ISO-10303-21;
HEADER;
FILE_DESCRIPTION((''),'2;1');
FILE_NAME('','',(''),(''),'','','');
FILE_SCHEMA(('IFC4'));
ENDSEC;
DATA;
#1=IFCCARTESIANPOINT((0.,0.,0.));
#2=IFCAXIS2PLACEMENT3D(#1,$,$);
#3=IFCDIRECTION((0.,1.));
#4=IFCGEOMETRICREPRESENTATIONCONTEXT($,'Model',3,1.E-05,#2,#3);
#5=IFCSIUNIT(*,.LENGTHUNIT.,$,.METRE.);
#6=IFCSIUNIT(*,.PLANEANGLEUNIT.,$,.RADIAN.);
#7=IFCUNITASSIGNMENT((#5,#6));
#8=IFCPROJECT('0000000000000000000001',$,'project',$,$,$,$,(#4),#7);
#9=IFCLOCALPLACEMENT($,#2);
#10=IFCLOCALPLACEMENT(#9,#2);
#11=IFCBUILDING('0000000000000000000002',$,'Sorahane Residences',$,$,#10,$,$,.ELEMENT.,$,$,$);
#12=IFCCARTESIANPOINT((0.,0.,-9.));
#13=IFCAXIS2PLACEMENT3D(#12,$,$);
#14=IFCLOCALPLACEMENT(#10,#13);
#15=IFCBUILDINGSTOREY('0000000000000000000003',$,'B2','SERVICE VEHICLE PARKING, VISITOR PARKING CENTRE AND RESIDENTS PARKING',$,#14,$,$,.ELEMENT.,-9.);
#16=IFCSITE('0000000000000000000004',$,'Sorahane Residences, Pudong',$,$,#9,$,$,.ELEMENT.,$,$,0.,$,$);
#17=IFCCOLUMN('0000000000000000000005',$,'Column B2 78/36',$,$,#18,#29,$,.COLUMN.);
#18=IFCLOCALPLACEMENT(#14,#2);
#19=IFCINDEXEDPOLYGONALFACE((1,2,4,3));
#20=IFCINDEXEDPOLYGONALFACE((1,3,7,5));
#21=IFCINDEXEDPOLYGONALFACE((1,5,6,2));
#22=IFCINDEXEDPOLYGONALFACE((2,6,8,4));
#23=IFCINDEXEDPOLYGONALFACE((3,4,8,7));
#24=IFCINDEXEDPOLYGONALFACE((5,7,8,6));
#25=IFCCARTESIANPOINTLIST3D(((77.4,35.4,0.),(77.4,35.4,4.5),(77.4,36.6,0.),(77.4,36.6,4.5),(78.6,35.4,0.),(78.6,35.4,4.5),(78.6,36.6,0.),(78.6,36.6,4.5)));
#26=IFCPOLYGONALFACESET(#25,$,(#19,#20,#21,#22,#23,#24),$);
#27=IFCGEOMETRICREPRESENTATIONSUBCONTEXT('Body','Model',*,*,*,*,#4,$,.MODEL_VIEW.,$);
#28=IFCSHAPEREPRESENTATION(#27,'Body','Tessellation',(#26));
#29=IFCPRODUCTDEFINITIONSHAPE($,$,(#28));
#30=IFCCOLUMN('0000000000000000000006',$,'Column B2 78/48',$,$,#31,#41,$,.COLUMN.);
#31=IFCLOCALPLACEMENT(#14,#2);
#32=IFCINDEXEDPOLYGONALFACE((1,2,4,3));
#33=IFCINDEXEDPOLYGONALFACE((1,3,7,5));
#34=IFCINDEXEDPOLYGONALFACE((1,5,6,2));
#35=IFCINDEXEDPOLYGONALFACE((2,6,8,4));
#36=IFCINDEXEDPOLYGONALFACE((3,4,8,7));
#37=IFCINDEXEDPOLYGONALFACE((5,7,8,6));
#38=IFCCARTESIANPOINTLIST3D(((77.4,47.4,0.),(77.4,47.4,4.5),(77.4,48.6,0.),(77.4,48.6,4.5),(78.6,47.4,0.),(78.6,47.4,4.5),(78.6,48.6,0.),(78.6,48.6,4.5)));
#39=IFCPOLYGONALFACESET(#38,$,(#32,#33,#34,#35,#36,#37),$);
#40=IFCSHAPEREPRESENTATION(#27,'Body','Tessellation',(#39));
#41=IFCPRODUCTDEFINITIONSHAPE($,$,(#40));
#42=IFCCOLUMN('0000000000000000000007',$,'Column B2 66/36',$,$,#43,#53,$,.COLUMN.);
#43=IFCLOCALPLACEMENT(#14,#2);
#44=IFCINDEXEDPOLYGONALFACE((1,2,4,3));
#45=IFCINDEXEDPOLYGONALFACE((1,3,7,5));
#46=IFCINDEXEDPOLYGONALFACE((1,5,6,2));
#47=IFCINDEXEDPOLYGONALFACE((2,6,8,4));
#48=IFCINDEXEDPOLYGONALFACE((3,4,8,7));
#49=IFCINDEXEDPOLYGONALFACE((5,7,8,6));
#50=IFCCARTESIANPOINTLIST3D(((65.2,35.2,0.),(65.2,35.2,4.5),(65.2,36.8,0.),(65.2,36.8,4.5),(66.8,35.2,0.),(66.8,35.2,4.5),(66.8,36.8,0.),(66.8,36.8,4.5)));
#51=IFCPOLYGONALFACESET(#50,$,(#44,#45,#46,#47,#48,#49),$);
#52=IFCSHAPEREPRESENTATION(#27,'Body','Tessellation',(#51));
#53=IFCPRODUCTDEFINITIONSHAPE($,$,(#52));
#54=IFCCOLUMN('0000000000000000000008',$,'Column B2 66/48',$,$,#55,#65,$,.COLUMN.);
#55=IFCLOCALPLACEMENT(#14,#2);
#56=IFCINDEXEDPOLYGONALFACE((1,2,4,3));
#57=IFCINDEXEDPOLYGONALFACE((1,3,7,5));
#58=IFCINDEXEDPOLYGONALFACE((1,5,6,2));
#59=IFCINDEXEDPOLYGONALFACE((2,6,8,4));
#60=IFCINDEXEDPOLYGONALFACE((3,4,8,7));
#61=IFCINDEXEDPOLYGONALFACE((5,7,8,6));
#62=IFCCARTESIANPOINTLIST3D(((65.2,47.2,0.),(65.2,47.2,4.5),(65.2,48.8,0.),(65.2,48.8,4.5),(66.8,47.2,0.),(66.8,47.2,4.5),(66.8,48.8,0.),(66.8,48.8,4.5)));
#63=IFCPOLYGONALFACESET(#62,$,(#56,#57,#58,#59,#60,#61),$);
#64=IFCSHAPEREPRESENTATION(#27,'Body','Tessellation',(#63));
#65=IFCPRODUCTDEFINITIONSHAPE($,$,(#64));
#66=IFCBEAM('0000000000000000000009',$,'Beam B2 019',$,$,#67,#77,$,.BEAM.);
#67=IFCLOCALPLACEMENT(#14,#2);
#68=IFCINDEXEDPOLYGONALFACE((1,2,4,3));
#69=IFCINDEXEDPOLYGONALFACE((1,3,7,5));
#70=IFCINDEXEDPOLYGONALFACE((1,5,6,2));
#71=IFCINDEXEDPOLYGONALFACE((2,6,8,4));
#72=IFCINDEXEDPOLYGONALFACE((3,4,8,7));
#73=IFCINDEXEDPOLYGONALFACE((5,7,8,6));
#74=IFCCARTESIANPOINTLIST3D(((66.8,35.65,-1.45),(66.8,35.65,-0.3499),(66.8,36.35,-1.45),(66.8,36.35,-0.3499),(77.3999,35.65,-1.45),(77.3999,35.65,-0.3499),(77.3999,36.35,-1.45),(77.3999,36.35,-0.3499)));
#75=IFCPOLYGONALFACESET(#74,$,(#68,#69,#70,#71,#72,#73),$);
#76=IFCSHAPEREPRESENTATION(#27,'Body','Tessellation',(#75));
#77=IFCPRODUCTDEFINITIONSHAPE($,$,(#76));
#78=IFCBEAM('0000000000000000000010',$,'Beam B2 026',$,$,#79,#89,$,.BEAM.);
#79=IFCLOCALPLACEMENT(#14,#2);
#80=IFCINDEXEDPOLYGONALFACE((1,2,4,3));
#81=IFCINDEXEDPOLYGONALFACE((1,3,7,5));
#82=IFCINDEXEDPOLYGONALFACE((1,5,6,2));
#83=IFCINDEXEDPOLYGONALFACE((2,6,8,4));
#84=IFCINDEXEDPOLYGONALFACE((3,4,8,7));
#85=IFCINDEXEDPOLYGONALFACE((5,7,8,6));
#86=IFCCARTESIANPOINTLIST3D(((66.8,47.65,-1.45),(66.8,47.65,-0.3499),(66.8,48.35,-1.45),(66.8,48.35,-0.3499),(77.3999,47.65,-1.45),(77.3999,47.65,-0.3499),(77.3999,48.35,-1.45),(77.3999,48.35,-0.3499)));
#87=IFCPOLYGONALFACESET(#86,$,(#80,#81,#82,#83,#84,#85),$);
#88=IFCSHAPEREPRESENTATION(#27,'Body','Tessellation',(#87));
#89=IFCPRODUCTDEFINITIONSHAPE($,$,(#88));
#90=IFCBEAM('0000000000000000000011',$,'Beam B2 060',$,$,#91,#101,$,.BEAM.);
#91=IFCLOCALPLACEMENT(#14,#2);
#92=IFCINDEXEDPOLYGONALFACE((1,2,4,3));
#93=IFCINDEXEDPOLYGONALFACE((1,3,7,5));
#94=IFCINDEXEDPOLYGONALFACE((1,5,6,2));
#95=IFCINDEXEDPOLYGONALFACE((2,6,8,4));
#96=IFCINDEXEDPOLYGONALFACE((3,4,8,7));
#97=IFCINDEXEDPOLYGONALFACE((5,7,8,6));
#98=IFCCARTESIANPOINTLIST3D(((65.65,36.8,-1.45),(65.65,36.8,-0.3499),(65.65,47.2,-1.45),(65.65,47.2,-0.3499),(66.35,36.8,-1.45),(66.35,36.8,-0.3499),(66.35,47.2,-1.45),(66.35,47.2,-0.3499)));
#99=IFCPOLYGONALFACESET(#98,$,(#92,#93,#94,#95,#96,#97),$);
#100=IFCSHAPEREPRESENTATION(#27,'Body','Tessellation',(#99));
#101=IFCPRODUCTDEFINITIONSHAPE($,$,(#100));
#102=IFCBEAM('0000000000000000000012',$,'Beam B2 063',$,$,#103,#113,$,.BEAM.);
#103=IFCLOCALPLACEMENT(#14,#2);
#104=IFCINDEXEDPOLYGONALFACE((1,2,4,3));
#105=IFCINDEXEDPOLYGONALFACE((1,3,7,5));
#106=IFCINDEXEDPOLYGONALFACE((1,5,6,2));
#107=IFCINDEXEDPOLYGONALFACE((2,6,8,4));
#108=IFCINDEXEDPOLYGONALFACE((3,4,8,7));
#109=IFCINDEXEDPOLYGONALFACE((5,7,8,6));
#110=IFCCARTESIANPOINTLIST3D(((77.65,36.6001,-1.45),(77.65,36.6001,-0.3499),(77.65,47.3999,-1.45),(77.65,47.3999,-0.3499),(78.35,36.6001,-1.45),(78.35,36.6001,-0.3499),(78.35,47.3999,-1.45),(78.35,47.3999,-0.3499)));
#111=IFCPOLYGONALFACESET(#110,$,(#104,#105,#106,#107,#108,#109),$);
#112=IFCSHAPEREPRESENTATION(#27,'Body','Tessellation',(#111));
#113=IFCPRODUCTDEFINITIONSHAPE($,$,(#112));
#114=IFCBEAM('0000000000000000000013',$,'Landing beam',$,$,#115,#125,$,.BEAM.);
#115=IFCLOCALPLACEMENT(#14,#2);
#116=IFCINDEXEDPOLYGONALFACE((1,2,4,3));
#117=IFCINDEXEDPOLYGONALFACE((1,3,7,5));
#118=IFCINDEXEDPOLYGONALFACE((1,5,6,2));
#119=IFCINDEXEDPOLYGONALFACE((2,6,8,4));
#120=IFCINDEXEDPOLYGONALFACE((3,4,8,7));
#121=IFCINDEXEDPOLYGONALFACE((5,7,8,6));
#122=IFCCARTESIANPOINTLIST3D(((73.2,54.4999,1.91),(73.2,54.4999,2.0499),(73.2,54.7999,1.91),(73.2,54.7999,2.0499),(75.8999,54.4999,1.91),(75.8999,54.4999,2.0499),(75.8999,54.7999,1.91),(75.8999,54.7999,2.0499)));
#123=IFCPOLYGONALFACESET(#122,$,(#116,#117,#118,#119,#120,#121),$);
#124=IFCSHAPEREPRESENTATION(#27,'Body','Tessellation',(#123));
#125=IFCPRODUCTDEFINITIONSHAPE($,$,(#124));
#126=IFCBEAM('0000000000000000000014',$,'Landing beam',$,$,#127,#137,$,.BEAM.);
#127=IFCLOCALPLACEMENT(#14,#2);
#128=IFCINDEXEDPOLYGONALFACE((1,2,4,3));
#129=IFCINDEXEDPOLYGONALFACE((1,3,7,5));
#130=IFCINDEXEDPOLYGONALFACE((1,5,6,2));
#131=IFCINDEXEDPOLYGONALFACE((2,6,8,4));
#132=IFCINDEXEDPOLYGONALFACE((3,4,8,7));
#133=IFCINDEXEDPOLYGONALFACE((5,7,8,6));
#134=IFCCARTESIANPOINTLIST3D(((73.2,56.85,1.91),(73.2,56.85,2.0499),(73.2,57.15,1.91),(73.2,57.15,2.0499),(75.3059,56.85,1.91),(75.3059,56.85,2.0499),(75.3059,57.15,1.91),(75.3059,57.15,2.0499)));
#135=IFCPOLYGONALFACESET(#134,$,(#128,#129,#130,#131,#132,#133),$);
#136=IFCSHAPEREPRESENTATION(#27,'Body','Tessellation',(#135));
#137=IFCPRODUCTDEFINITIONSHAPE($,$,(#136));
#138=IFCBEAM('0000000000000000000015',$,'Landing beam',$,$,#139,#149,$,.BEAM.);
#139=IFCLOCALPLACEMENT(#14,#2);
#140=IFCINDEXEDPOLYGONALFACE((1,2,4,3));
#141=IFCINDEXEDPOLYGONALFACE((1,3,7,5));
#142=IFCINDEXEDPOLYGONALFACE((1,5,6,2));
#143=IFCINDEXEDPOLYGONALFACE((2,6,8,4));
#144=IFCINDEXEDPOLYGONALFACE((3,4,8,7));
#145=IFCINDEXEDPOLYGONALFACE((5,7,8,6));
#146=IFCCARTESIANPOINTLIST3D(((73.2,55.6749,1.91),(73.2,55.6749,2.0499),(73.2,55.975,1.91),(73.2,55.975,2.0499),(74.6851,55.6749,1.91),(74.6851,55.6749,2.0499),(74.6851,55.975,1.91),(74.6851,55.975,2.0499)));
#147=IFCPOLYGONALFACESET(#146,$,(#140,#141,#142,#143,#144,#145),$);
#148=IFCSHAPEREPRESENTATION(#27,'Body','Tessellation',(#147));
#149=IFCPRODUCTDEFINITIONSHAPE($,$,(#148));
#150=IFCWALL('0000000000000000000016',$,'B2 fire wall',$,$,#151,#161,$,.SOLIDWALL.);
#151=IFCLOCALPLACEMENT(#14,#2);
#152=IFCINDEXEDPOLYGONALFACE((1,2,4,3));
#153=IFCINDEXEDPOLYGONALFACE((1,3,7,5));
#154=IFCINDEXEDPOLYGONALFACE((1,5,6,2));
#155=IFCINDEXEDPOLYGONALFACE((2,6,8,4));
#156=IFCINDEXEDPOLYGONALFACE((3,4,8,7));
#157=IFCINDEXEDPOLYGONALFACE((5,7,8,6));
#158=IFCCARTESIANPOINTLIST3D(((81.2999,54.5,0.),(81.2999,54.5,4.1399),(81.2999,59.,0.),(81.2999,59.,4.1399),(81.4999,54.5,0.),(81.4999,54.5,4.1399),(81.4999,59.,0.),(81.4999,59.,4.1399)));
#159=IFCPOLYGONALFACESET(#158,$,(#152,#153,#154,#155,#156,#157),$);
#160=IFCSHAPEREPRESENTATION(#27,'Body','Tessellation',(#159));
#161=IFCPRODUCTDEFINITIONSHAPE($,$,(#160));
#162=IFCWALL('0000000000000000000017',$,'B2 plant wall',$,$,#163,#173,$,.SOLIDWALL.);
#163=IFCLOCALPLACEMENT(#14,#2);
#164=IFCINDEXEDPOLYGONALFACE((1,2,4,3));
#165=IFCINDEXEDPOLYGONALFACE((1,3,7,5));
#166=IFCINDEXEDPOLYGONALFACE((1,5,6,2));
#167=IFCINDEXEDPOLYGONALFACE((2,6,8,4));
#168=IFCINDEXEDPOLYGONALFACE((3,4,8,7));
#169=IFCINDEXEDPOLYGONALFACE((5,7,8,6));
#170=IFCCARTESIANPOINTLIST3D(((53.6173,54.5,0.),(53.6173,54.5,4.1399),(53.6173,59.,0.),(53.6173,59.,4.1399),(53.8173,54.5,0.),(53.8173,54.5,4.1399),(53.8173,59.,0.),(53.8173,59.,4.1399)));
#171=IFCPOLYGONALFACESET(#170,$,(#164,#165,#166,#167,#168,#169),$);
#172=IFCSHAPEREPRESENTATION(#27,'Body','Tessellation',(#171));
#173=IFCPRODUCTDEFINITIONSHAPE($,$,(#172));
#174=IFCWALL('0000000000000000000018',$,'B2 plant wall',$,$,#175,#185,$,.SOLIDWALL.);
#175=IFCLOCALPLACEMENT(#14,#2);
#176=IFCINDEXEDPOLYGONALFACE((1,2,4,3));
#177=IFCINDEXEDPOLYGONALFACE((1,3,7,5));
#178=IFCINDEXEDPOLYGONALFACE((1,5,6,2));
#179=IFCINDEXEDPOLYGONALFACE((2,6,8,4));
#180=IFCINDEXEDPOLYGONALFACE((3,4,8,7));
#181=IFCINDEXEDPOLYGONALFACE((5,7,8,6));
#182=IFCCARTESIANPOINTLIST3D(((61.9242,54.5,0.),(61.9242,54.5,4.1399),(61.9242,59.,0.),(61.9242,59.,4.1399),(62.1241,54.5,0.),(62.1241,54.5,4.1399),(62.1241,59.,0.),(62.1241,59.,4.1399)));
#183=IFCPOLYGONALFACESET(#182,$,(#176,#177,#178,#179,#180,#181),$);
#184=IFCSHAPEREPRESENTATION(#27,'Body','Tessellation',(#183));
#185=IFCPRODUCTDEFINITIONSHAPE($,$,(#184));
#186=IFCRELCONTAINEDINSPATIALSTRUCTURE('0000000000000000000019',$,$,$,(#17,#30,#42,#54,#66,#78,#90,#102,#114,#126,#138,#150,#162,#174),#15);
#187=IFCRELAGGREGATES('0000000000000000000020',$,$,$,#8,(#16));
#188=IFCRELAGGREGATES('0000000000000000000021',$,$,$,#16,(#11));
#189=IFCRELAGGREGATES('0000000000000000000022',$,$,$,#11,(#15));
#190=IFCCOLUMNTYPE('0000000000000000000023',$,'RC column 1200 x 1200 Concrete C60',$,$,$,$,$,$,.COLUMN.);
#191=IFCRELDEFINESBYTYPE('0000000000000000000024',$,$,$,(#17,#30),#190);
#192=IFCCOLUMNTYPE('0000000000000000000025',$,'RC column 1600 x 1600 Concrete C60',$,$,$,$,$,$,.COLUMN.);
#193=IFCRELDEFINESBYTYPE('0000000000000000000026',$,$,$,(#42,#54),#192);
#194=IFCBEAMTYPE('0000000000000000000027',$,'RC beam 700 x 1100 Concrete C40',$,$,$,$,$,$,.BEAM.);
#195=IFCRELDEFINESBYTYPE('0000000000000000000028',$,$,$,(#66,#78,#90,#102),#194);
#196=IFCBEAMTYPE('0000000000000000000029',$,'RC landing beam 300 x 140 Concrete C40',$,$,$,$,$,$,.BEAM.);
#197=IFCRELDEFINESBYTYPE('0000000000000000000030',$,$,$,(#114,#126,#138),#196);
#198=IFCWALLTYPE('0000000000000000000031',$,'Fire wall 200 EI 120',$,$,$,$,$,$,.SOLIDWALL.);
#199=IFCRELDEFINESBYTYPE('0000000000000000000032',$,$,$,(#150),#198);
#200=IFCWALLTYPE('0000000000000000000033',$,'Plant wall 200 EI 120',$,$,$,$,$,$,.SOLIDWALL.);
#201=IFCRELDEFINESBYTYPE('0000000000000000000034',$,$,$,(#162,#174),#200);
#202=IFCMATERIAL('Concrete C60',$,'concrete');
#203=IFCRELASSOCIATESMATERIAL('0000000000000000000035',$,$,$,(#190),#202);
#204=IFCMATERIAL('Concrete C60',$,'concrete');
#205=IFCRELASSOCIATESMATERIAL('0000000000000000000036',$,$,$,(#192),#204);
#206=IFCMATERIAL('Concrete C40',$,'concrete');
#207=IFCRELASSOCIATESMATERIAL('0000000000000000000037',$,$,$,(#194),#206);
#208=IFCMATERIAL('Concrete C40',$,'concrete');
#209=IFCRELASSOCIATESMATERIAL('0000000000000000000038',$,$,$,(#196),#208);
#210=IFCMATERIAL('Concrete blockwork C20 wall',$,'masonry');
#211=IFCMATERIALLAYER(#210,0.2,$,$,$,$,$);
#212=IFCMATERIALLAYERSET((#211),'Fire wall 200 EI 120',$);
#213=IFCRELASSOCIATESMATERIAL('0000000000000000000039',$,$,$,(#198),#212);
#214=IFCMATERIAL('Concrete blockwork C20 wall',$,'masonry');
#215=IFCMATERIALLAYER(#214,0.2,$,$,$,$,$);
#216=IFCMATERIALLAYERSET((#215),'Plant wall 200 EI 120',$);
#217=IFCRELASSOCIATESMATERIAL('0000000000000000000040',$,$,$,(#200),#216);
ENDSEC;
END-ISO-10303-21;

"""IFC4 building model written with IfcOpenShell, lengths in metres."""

from ifc_helpers import new_model, si_unit, direction, frame, frame_2d, origin, origin_2d, place, context, subcontext, project, spatial, rectangle, extrude, material, layer, layer_set, material_profile, profile_set, type_object, element, save


model = new_model("IFC4")

# Units and contexts
model_context = context("Model", 3, precision=1e-05, world=origin(), true_north=direction((0.0, 1.0)))
body_context = subcontext(model_context, "Body", "Model", "MODEL_VIEW")
ifc_project = project(units=[si_unit("LENGTHUNIT", "METRE"), si_unit("PLANEANGLEUNIT", "RADIAN")], contexts=[model_context])

# Site, building, storey
site_placement = place(None, origin())
site = spatial("IfcSite", under=ifc_project, at=site_placement, Name="Sorahane Residences, Pudong", CompositionType="ELEMENT", RefElevation=0.0)
building_placement = place(site_placement, origin())
building = spatial("IfcBuilding", under=site, at=building_placement, Name="Sorahane Residences", CompositionType="ELEMENT")
storey_placement = place(building_placement, frame((0.0, 0.0, -9.0)))
storey = spatial("IfcBuildingStorey", under=building, at=storey_placement, Name="B2", Description="SERVICE VEHICLE PARKING, VISITOR PARKING CENTRE AND RESIDENTS PARKING", CompositionType="ELEMENT", Elevation=-9.0)

# Columns
ifc_material_1 = material(Name="Concrete C60", Category="concrete")
ifc_material_profile_1 = material_profile(ifc_material_1, rectangle(XDim=1.2, YDim=1.2, at=origin_2d()), Name="1200x1200")
ifc_profile_set_1 = profile_set([ifc_material_profile_1], Name="Concrete C60")
column_type_1 = type_object("IfcColumnType", Name="RC column 1200 x 1200 Concrete C60", PredefinedType="COLUMN", material=ifc_profile_set_1)
for number, where, z_axis, x_axis, name in (
    (1, (78.0, 36.0, 0.0), (0.0, 0.0, 1.0), (1.0, 0.0, 0.0), "Column B2 78/36"),
    (2, (78.0, 48.0, 0.0), (0.0, 0.0, 1.0), (1.0, 0.0, 0.0), "Column B2 78/48"),
):
    element("IfcColumn", number, at=place(storey_placement, frame(where, z_axis=z_axis, x_axis=x_axis)), inside=storey, type_object=column_type_1, Name=name, PredefinedType="COLUMN", context=body_context, shape_type="SweptSolid", body=[
        extrude(rectangle(XDim=1.2, YDim=1.2, at=origin_2d()), origin(), (0.0, 0.0, 1.0), 4.5),
    ])
ifc_material_2 = material(Name="Concrete C60", Category="concrete")
ifc_material_profile_2 = material_profile(ifc_material_2, rectangle(XDim=1.6001, YDim=1.6001, at=origin_2d()), Name="1600x1600")
ifc_profile_set_2 = profile_set([ifc_material_profile_2], Name="Concrete C60")
column_type_2 = type_object("IfcColumnType", Name="RC column 1600 x 1600 Concrete C60", PredefinedType="COLUMN", material=ifc_profile_set_2)
for number, where, z_axis, x_axis, name in (
    (3, (66.0, 36.0, 0.0), (0.0, 0.0, 1.0), (1.0, 0.0, 0.0), "Column B2 66/36"),
    (4, (66.0, 48.0, 0.0), (0.0, 0.0, 1.0), (1.0, 0.0, 0.0), "Column B2 66/48"),
):
    element("IfcColumn", number, at=place(storey_placement, frame(where, z_axis=z_axis, x_axis=x_axis)), inside=storey, type_object=column_type_2, Name=name, PredefinedType="COLUMN", context=body_context, shape_type="SweptSolid", body=[
        extrude(rectangle(XDim=1.6001, YDim=1.6001, at=origin_2d()), origin(), (0.0, 0.0, 1.0), 4.5),
    ])

# Beams
ifc_material_3 = material(Name="Concrete C40", Category="concrete")
ifc_material_profile_3 = material_profile(ifc_material_3, rectangle(XDim=0.7, YDim=1.1001, at=origin_2d()), Name="700x1100")
ifc_profile_set_3 = profile_set([ifc_material_profile_3], Name="Concrete C40")
beam_type_1 = type_object("IfcBeamType", Name="RC beam 700 x 1100 Concrete C40", PredefinedType="BEAM", material=ifc_profile_set_3)
for number, where, z_axis, x_axis, name in (
    (5, (66.8, 36.0, -0.8999), (1.0, 0.0, 0.0), (0.0, 1.0, 0.0), "Beam B2 019"),
    (6, (66.8, 48.0, -0.8999), (1.0, 0.0, 0.0), (0.0, 1.0, 0.0), "Beam B2 026"),
):
    element("IfcBeam", number, at=place(storey_placement, frame(where, z_axis=z_axis, x_axis=x_axis)), inside=storey, type_object=beam_type_1, Name=name, PredefinedType="BEAM", context=body_context, shape_type="SweptSolid", body=[
        extrude(rectangle(XDim=0.7, YDim=1.1001, at=origin_2d()), origin(), (0.0, 0.0, 1.0), 10.5999),
    ])
beam_1_placement = place(storey_placement, frame((66.0, 36.8, -0.8999), z_axis=(0.0, 1.0, 0.0), x_axis=(-1.0, 0.0, 0.0)))
element("IfcBeam", 7, at=beam_1_placement, inside=storey, type_object=beam_type_1, Name="Beam B2 060", PredefinedType="BEAM", context=body_context, shape_type="SweptSolid", body=[
    extrude(rectangle(XDim=0.7, YDim=1.1001, at=origin_2d()), origin(), (0.0, 0.0, 1.0), 10.3999),
])
beam_2_placement = place(storey_placement, frame((78.0, 36.6001, -0.8999), z_axis=(0.0, 1.0, 0.0), x_axis=(-1.0, 0.0, 0.0)))
element("IfcBeam", 8, at=beam_2_placement, inside=storey, type_object=beam_type_1, Name="Beam B2 063", PredefinedType="BEAM", context=body_context, shape_type="SweptSolid", body=[
    extrude(rectangle(XDim=0.7, YDim=1.1001, at=origin_2d()), origin(), (0.0, 0.0, 1.0), 10.7998),
])
ifc_material_4 = material(Name="Concrete C40", Category="concrete")
ifc_material_profile_4 = material_profile(ifc_material_4, rectangle(XDim=0.3, YDim=0.1399, at=origin_2d()), Name="300x140")
ifc_profile_set_4 = profile_set([ifc_material_profile_4], Name="Concrete C40")
beam_type_2 = type_object("IfcBeamType", Name="RC landing beam 300 x 140 Concrete C40", PredefinedType="BEAM", material=ifc_profile_set_4)
beam_3_placement = place(storey_placement, frame((73.2, 54.6499, 1.98), z_axis=(1.0, 0.0, 0.0), x_axis=(0.0, 1.0, 0.0)))
element("IfcBeam", 9, at=beam_3_placement, inside=storey, type_object=beam_type_2, Name="Landing beam", PredefinedType="BEAM", context=body_context, shape_type="SweptSolid", body=[
    extrude(rectangle(XDim=0.3, YDim=0.1399, at=origin_2d()), origin(), (0.0, 0.0, 1.0), 2.7),
])
beam_4_placement = place(storey_placement, frame((73.2, 57.0, 1.98), z_axis=(1.0, 0.0, 0.0), x_axis=(0.0, 1.0, 0.0)))
element("IfcBeam", 10, at=beam_4_placement, inside=storey, type_object=beam_type_2, Name="Landing beam", PredefinedType="BEAM", context=body_context, shape_type="SweptSolid", body=[
    extrude(rectangle(XDim=0.3, YDim=0.1399, at=origin_2d()), origin(), (0.0, 0.0, 1.0), 2.106),
])
beam_5_placement = place(storey_placement, frame((73.2, 55.825, 1.98), z_axis=(1.0, 0.0, 0.0), x_axis=(0.0, 1.0, 0.0)))
element("IfcBeam", 11, at=beam_5_placement, inside=storey, type_object=beam_type_2, Name="Landing beam", PredefinedType="BEAM", context=body_context, shape_type="SweptSolid", body=[
    extrude(rectangle(XDim=0.3, YDim=0.1399, at=origin_2d()), origin(), (0.0, 0.0, 1.0), 1.4851),
])

# Walls
ifc_material_5 = material(Name="Concrete blockwork C20 wall", Category="masonry")
ifc_layer_1 = layer(ifc_material_5, 0.2)
ifc_layer_set_1 = layer_set([ifc_layer_1], Name="Fire wall 200 EI 120")
wall_type_1 = type_object("IfcWallType", Name="Fire wall 200 EI 120", PredefinedType="SOLIDWALL", material=ifc_layer_set_1)
wall_1_placement = place(storey_placement, frame((81.3999, 54.5, 0.0), z_axis=(0.0, 0.0, 1.0), x_axis=(0.0, 1.0, 0.0)))
element("IfcWall", 12, at=wall_1_placement, inside=storey, type_object=wall_type_1, Name="B2 fire wall", PredefinedType="SOLIDWALL", context=body_context, shape_type="SweptSolid", body=[
    extrude(rectangle(XDim=4.5, YDim=0.2, at=frame_2d((2.25, 0.0))), origin(), (0.0, 0.0, 1.0), 4.1399),
])
ifc_material_6 = material(Name="Concrete blockwork C20 wall", Category="masonry")
ifc_layer_2 = layer(ifc_material_6, 0.2)
ifc_layer_set_2 = layer_set([ifc_layer_2], Name="Plant wall 200 EI 120")
wall_type_2 = type_object("IfcWallType", Name="Plant wall 200 EI 120", PredefinedType="SOLIDWALL", material=ifc_layer_set_2)
for number, where, z_axis, x_axis, name in (
    (13, (53.7173, 54.5, 0.0), (0.0, 0.0, 1.0), (0.0, 1.0, 0.0), "B2 plant wall"),
    (14, (62.0242, 54.5, 0.0), (0.0, 0.0, 1.0), (0.0, 1.0, 0.0), "B2 plant wall"),
):
    element("IfcWall", number, at=place(storey_placement, frame(where, z_axis=z_axis, x_axis=x_axis)), inside=storey, type_object=wall_type_2, Name=name, PredefinedType="SOLIDWALL", context=body_context, shape_type="SweptSolid", body=[
        extrude(rectangle(XDim=4.5, YDim=0.2, at=frame_2d((2.25, 0.0))), origin(), (0.0, 0.0, 1.0), 4.1399),
    ])

save(model, "model.ifc")
